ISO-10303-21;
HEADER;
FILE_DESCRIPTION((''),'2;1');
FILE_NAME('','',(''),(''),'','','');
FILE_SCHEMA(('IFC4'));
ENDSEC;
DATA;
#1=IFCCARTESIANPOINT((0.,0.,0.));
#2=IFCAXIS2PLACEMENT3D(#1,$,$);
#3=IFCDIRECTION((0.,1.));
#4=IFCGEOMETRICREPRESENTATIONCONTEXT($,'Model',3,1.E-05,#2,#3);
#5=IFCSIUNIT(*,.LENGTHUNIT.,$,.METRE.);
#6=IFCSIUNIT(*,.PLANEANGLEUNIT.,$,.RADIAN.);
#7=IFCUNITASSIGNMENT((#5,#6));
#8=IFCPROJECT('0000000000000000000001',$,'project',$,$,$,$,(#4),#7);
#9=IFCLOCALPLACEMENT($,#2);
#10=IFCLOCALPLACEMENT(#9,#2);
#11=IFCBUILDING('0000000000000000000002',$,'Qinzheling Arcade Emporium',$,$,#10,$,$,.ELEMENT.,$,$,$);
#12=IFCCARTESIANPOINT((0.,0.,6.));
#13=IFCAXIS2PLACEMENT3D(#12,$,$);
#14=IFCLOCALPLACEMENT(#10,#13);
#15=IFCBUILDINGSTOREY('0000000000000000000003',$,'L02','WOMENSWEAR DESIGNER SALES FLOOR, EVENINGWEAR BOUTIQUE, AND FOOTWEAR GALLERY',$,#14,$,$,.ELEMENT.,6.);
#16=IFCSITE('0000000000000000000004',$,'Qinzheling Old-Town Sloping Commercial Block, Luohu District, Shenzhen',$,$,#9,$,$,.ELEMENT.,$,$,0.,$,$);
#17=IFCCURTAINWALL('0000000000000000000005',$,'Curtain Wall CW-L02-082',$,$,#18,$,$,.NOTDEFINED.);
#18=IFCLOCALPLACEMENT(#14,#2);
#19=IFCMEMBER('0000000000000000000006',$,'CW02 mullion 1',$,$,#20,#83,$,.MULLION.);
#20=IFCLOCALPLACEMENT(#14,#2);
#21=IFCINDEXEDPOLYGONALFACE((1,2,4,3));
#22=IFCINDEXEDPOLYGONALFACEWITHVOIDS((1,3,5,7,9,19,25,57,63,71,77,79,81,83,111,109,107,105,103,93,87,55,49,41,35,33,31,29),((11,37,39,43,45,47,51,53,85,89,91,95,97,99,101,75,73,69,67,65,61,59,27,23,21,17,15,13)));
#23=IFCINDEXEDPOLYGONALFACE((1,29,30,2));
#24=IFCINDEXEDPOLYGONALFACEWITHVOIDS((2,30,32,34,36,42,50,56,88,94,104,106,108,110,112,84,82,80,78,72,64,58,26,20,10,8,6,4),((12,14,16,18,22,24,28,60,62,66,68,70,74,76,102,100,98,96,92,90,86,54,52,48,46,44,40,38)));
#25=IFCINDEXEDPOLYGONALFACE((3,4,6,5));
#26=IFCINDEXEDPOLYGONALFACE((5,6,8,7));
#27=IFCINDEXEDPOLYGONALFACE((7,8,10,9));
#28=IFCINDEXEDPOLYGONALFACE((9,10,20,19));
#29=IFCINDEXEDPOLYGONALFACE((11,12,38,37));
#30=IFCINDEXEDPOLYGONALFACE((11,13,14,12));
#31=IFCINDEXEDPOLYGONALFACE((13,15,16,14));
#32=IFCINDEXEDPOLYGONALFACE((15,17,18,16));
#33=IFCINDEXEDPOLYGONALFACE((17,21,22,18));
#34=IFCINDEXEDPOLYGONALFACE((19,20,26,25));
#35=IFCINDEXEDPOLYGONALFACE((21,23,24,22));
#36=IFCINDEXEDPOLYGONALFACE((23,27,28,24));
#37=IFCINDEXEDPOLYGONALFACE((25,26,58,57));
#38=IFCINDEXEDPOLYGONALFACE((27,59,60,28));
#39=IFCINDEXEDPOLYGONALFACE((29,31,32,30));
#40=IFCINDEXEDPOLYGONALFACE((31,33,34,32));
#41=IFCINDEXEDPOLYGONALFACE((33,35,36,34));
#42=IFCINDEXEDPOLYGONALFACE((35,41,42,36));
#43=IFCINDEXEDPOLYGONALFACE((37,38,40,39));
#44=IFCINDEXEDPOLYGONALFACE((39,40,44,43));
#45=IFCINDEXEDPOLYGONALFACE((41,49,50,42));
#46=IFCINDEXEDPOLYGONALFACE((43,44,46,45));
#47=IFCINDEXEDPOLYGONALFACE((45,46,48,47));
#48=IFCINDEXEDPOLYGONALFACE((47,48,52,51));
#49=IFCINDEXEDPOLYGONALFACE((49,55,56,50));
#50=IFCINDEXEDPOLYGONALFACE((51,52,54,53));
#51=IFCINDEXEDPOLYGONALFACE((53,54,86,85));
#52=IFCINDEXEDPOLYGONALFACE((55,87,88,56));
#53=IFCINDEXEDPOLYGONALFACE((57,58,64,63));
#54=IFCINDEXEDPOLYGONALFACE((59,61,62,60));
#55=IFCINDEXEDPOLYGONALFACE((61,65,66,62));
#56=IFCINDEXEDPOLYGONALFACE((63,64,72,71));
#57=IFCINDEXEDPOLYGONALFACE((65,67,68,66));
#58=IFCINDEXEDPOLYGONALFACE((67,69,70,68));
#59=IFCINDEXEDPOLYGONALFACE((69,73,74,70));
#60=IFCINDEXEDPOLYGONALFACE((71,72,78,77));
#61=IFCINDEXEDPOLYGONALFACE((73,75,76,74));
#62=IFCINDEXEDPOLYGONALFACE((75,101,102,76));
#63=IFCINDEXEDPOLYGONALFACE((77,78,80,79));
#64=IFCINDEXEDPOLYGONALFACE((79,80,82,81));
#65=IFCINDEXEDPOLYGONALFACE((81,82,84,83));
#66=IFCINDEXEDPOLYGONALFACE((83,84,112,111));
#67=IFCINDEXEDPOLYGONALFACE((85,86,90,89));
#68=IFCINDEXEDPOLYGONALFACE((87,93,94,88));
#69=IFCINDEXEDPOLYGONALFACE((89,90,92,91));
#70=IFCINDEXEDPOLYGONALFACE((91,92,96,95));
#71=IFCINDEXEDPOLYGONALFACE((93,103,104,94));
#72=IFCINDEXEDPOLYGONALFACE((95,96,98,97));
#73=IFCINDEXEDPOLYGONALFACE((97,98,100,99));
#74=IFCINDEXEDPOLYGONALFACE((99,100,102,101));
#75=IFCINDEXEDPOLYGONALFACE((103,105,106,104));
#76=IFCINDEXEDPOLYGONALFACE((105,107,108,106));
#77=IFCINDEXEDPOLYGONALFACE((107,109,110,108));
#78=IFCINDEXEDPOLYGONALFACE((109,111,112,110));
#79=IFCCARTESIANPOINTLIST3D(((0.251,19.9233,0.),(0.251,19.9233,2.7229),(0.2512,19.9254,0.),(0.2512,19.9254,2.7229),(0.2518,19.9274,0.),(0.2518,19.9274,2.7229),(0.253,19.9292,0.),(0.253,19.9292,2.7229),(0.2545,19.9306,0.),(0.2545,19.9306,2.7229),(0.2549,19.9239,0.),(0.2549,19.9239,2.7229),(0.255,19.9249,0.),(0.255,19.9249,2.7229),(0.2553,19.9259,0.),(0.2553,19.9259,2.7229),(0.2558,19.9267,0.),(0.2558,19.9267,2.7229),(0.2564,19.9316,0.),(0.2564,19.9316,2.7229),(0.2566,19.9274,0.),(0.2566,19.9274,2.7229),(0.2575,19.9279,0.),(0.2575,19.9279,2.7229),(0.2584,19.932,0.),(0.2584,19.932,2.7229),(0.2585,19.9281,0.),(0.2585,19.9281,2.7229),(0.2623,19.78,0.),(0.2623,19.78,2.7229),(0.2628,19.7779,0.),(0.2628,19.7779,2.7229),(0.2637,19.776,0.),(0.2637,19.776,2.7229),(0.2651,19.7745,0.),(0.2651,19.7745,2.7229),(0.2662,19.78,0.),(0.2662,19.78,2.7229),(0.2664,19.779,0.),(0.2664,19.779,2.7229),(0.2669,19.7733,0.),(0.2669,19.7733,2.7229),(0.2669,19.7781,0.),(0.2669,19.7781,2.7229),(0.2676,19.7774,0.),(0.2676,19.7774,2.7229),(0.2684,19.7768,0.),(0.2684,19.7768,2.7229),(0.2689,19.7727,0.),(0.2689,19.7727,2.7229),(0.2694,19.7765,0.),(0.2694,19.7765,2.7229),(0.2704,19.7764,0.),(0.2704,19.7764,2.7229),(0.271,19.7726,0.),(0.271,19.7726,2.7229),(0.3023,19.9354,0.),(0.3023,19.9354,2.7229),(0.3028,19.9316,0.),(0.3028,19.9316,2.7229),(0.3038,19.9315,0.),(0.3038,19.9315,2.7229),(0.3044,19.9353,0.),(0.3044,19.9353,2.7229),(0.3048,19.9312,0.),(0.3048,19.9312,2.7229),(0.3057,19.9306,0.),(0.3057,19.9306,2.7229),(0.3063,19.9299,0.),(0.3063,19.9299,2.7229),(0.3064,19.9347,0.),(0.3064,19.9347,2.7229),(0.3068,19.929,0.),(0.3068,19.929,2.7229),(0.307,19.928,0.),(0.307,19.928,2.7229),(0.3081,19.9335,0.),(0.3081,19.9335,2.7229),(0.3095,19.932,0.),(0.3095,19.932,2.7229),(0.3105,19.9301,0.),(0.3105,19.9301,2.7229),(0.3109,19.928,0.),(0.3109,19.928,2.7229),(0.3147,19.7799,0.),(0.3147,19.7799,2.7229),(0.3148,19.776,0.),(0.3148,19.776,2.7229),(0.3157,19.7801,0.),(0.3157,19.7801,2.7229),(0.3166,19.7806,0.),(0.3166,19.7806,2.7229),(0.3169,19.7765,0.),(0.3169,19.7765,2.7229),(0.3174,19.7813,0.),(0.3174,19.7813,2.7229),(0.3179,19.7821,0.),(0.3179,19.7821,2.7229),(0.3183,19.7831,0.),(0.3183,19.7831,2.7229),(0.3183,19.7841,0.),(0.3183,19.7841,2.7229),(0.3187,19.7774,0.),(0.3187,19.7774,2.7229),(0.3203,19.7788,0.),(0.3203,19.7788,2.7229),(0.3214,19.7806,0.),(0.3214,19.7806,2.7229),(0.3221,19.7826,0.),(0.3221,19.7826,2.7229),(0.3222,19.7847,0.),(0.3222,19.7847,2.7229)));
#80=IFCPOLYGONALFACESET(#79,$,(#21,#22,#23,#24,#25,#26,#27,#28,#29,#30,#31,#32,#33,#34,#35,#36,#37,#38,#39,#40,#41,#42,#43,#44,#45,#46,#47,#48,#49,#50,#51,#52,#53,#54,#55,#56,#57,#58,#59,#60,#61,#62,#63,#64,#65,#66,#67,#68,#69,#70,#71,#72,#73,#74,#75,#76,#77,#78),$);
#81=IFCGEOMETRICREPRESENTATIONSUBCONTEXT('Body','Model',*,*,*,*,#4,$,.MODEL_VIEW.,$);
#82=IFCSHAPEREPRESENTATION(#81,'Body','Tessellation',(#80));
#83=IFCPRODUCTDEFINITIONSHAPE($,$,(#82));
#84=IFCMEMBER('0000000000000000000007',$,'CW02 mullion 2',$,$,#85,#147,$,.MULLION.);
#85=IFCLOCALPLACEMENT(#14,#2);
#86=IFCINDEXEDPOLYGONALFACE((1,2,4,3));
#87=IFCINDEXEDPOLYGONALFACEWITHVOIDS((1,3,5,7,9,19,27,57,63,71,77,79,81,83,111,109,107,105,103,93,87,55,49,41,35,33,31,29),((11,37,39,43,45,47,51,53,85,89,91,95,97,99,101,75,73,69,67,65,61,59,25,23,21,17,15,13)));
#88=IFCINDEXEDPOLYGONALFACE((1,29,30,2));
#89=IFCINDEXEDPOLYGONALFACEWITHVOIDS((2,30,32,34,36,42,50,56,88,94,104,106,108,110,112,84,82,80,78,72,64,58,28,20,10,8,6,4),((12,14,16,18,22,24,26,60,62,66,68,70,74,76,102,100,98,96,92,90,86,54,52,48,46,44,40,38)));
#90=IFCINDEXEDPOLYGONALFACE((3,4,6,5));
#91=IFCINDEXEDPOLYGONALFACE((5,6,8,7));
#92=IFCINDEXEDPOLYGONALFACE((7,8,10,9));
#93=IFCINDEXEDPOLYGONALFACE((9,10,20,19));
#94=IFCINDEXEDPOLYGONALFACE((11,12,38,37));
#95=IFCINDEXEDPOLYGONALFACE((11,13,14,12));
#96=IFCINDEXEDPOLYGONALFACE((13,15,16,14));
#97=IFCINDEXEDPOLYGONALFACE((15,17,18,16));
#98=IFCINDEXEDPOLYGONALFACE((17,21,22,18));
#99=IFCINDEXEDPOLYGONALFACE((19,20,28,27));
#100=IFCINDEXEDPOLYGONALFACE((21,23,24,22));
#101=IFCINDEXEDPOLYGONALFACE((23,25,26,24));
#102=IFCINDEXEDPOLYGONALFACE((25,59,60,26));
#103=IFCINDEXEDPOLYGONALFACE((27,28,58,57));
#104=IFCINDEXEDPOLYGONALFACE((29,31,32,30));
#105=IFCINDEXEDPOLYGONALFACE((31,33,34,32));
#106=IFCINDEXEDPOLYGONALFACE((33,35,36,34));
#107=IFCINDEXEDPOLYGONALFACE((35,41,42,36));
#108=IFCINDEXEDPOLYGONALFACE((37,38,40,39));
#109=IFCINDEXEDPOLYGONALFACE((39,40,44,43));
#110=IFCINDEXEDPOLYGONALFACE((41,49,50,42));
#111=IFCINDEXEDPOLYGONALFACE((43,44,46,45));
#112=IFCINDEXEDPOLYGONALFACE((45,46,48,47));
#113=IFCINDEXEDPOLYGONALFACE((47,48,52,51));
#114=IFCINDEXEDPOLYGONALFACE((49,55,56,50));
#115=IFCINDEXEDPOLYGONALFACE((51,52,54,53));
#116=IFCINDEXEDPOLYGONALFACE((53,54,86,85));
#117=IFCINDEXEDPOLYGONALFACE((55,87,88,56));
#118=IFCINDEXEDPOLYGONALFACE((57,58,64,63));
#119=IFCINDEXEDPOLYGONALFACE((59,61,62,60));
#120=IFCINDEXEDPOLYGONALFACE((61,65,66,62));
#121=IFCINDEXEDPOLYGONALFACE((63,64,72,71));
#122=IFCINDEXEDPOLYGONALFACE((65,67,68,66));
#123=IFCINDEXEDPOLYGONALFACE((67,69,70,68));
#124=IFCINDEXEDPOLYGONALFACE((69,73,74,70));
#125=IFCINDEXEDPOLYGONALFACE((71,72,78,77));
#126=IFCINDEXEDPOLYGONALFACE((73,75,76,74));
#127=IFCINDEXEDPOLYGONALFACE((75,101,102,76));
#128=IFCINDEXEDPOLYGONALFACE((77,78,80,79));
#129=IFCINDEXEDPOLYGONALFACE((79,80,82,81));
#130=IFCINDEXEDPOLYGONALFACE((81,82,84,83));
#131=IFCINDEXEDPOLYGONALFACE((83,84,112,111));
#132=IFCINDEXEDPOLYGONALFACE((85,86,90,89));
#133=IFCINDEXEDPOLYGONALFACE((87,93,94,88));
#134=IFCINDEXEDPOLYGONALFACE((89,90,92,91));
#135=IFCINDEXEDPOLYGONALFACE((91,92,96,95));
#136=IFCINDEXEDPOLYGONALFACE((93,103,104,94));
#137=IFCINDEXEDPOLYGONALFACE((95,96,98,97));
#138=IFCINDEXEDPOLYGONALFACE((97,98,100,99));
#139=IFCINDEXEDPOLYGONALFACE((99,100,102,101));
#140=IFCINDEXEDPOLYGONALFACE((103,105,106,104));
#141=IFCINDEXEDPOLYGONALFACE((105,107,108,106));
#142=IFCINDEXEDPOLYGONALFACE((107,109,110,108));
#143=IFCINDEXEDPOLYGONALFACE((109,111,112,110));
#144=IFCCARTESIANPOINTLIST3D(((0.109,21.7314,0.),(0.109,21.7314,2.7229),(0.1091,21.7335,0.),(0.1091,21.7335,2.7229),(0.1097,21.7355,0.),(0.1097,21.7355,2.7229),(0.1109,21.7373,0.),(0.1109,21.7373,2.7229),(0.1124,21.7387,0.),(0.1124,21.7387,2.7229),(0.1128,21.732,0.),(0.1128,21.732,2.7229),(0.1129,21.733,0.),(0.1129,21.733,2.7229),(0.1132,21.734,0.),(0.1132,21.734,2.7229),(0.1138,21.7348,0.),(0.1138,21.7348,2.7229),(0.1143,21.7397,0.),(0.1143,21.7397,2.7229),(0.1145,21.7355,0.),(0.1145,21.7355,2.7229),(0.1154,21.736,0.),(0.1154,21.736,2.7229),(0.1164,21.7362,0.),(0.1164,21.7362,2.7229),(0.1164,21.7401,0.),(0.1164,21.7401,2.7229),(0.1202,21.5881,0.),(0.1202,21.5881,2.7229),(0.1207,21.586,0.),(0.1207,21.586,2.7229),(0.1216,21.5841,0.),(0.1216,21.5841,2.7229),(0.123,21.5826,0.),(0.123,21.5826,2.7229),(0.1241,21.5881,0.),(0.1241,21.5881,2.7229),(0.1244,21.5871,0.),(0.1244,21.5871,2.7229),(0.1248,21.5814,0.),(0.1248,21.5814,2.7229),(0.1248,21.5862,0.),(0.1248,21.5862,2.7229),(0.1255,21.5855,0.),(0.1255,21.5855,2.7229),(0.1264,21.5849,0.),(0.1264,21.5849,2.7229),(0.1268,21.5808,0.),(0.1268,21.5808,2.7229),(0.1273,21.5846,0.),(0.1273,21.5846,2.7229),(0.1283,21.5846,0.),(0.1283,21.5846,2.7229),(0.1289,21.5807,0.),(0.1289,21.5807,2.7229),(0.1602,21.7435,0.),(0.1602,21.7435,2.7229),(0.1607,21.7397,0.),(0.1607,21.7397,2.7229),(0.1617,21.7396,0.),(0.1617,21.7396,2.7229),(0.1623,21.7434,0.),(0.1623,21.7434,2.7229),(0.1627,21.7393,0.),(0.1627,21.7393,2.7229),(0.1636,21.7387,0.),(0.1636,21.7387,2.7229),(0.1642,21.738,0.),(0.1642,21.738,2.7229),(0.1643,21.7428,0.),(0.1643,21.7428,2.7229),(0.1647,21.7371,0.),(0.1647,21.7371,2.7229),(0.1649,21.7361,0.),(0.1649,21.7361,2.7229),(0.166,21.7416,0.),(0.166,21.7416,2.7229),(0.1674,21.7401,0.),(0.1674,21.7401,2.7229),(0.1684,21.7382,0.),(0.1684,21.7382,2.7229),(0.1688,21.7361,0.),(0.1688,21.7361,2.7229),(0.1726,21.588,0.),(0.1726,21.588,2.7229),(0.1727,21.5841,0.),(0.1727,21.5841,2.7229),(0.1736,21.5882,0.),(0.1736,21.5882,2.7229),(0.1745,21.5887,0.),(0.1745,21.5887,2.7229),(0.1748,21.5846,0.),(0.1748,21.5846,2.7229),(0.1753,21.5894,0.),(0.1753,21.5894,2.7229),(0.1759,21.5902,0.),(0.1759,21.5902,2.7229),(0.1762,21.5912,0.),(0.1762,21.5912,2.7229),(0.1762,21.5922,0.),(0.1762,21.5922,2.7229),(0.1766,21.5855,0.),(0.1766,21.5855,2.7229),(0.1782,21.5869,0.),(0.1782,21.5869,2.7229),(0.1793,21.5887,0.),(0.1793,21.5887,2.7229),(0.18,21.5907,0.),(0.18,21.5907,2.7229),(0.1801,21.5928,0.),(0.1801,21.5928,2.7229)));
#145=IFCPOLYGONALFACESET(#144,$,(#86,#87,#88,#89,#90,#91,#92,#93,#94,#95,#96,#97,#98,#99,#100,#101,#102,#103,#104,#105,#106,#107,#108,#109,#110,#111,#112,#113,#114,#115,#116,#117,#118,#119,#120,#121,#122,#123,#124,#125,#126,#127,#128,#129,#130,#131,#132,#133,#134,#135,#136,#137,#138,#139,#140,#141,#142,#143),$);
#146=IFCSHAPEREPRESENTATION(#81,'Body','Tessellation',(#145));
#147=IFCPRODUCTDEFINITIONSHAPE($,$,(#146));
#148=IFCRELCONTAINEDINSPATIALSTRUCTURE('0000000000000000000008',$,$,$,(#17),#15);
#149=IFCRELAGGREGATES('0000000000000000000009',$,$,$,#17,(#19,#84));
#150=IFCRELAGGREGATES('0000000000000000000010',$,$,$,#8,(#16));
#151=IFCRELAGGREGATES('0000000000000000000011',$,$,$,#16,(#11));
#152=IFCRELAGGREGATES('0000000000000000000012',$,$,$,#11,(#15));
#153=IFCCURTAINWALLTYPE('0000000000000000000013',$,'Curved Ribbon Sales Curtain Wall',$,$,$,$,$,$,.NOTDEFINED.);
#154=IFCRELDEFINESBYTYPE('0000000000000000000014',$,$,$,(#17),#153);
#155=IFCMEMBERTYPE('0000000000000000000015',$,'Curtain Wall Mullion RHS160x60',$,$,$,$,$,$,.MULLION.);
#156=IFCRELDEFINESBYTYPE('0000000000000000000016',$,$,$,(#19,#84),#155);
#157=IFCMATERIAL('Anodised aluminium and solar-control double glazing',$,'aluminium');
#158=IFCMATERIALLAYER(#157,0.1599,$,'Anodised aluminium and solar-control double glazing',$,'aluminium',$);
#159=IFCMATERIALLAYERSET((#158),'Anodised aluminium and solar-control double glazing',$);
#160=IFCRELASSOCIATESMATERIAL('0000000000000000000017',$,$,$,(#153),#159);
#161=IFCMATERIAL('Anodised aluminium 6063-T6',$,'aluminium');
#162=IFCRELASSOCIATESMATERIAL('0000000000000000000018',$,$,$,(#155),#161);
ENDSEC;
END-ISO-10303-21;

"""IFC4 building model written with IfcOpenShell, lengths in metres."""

from ifc_helpers import new_model, si_unit, direction, frame, origin, origin_2d, place, context, subcontext, project, spatial, hollow_rectangle, extrude, material, layer, layer_set, material_profile, profile_set, type_object, element, aggregate, save


model = new_model("IFC4")

# Units and contexts
model_context = context("Model", 3, precision=1e-05, world=origin(), true_north=direction((0.0, 1.0)))
body_context = subcontext(model_context, "Body", "Model", "MODEL_VIEW")
ifc_project = project(units=[si_unit("LENGTHUNIT", "METRE"), si_unit("PLANEANGLEUNIT", "RADIAN")], contexts=[model_context])

# Site, building, storey
site_placement = place(None, origin())
site = spatial("IfcSite", under=ifc_project, at=site_placement, Name="Qinzheling Old-Town Sloping Commercial Block, Luohu District, Shenzhen", CompositionType="ELEMENT", RefElevation=0.0)
building_placement = place(site_placement, origin())
building = spatial("IfcBuilding", under=site, at=building_placement, Name="Qinzheling Arcade Emporium", CompositionType="ELEMENT")
storey_placement = place(building_placement, frame((0.0, 0.0, 6.0)))
storey = spatial("IfcBuildingStorey", under=building, at=storey_placement, Name="L02", Description="WOMENSWEAR DESIGNER SALES FLOOR, EVENINGWEAR BOUTIQUE, AND FOOTWEAR GALLERY", CompositionType="ELEMENT", Elevation=6.0)

# Curtain wall, members
ifc_material_1 = material(Name="Anodised aluminium and solar-control double glazing", Category="aluminium")
ifc_layer_1 = layer(ifc_material_1, 0.1599, Name="Anodised aluminium and solar-control double glazing", Category="aluminium")
ifc_layer_set_1 = layer_set([ifc_layer_1], Name="Anodised aluminium and solar-control double glazing")
curtain_wall_type_1 = type_object("IfcCurtainWallType", Name="Curved Ribbon Sales Curtain Wall", PredefinedType="NOTDEFINED", material=ifc_layer_set_1)
curtain_wall_1_placement = place(storey_placement, origin())
curtain_wall_1 = element("IfcCurtainWall", 1, at=curtain_wall_1_placement, inside=storey, type_object=curtain_wall_type_1, Name="Curtain Wall CW-L02-082", PredefinedType="NOTDEFINED")
ifc_material_2 = material(Name="Anodised aluminium 6063-T6", Category="aluminium")
ifc_material_profile_1 = material_profile(ifc_material_2, hollow_rectangle(XDim=0.0601, YDim=0.1599, WallThickness=0.0039, InnerFilletRadius=0.0039, OuterFilletRadius=0.0081, at=origin_2d()), Name="RHS 160x60x4", Category="aluminium")
ifc_profile_set_1 = profile_set([ifc_material_profile_1], Name="Anodised aluminium 6063-T6")
member_type_1 = type_object("IfcMemberType", Name="Curtain Wall Mullion RHS160x60", PredefinedType="MULLION", material=ifc_profile_set_1)
member_1_placement = place(storey_placement, frame((0.2866, 19.854, 0.0), z_axis=(0.0, 0.0, 1.0), x_axis=(-0.996924, -0.078376, 0.0)))
member_1 = element("IfcMember", 2, at=member_1_placement, type_object=member_type_1, Name="CW02 mullion 1", PredefinedType="MULLION", context=body_context, shape_type="SweptSolid", body=[
    extrude(hollow_rectangle(XDim=0.0601, YDim=0.1599, WallThickness=0.0039, InnerFilletRadius=0.0039, OuterFilletRadius=0.0081, at=origin_2d()), origin(), (0.0, 0.0, 1.0), 2.7229),
])
member_2_placement = place(storey_placement, frame((0.1445, 21.6621, 0.0), z_axis=(0.0, 0.0, 1.0), x_axis=(-0.996924, -0.078376, 0.0)))
member_2 = element("IfcMember", 3, at=member_2_placement, type_object=member_type_1, Name="CW02 mullion 2", PredefinedType="MULLION", context=body_context, shape_type="SweptSolid", body=[
    extrude(hollow_rectangle(XDim=0.0601, YDim=0.1599, WallThickness=0.0039, InnerFilletRadius=0.0039, OuterFilletRadius=0.0081, at=origin_2d()), origin(), (0.0, 0.0, 1.0), 2.7229),
])

aggregate(curtain_wall_1, [member_1, member_2])

save(model, "model.ifc")
